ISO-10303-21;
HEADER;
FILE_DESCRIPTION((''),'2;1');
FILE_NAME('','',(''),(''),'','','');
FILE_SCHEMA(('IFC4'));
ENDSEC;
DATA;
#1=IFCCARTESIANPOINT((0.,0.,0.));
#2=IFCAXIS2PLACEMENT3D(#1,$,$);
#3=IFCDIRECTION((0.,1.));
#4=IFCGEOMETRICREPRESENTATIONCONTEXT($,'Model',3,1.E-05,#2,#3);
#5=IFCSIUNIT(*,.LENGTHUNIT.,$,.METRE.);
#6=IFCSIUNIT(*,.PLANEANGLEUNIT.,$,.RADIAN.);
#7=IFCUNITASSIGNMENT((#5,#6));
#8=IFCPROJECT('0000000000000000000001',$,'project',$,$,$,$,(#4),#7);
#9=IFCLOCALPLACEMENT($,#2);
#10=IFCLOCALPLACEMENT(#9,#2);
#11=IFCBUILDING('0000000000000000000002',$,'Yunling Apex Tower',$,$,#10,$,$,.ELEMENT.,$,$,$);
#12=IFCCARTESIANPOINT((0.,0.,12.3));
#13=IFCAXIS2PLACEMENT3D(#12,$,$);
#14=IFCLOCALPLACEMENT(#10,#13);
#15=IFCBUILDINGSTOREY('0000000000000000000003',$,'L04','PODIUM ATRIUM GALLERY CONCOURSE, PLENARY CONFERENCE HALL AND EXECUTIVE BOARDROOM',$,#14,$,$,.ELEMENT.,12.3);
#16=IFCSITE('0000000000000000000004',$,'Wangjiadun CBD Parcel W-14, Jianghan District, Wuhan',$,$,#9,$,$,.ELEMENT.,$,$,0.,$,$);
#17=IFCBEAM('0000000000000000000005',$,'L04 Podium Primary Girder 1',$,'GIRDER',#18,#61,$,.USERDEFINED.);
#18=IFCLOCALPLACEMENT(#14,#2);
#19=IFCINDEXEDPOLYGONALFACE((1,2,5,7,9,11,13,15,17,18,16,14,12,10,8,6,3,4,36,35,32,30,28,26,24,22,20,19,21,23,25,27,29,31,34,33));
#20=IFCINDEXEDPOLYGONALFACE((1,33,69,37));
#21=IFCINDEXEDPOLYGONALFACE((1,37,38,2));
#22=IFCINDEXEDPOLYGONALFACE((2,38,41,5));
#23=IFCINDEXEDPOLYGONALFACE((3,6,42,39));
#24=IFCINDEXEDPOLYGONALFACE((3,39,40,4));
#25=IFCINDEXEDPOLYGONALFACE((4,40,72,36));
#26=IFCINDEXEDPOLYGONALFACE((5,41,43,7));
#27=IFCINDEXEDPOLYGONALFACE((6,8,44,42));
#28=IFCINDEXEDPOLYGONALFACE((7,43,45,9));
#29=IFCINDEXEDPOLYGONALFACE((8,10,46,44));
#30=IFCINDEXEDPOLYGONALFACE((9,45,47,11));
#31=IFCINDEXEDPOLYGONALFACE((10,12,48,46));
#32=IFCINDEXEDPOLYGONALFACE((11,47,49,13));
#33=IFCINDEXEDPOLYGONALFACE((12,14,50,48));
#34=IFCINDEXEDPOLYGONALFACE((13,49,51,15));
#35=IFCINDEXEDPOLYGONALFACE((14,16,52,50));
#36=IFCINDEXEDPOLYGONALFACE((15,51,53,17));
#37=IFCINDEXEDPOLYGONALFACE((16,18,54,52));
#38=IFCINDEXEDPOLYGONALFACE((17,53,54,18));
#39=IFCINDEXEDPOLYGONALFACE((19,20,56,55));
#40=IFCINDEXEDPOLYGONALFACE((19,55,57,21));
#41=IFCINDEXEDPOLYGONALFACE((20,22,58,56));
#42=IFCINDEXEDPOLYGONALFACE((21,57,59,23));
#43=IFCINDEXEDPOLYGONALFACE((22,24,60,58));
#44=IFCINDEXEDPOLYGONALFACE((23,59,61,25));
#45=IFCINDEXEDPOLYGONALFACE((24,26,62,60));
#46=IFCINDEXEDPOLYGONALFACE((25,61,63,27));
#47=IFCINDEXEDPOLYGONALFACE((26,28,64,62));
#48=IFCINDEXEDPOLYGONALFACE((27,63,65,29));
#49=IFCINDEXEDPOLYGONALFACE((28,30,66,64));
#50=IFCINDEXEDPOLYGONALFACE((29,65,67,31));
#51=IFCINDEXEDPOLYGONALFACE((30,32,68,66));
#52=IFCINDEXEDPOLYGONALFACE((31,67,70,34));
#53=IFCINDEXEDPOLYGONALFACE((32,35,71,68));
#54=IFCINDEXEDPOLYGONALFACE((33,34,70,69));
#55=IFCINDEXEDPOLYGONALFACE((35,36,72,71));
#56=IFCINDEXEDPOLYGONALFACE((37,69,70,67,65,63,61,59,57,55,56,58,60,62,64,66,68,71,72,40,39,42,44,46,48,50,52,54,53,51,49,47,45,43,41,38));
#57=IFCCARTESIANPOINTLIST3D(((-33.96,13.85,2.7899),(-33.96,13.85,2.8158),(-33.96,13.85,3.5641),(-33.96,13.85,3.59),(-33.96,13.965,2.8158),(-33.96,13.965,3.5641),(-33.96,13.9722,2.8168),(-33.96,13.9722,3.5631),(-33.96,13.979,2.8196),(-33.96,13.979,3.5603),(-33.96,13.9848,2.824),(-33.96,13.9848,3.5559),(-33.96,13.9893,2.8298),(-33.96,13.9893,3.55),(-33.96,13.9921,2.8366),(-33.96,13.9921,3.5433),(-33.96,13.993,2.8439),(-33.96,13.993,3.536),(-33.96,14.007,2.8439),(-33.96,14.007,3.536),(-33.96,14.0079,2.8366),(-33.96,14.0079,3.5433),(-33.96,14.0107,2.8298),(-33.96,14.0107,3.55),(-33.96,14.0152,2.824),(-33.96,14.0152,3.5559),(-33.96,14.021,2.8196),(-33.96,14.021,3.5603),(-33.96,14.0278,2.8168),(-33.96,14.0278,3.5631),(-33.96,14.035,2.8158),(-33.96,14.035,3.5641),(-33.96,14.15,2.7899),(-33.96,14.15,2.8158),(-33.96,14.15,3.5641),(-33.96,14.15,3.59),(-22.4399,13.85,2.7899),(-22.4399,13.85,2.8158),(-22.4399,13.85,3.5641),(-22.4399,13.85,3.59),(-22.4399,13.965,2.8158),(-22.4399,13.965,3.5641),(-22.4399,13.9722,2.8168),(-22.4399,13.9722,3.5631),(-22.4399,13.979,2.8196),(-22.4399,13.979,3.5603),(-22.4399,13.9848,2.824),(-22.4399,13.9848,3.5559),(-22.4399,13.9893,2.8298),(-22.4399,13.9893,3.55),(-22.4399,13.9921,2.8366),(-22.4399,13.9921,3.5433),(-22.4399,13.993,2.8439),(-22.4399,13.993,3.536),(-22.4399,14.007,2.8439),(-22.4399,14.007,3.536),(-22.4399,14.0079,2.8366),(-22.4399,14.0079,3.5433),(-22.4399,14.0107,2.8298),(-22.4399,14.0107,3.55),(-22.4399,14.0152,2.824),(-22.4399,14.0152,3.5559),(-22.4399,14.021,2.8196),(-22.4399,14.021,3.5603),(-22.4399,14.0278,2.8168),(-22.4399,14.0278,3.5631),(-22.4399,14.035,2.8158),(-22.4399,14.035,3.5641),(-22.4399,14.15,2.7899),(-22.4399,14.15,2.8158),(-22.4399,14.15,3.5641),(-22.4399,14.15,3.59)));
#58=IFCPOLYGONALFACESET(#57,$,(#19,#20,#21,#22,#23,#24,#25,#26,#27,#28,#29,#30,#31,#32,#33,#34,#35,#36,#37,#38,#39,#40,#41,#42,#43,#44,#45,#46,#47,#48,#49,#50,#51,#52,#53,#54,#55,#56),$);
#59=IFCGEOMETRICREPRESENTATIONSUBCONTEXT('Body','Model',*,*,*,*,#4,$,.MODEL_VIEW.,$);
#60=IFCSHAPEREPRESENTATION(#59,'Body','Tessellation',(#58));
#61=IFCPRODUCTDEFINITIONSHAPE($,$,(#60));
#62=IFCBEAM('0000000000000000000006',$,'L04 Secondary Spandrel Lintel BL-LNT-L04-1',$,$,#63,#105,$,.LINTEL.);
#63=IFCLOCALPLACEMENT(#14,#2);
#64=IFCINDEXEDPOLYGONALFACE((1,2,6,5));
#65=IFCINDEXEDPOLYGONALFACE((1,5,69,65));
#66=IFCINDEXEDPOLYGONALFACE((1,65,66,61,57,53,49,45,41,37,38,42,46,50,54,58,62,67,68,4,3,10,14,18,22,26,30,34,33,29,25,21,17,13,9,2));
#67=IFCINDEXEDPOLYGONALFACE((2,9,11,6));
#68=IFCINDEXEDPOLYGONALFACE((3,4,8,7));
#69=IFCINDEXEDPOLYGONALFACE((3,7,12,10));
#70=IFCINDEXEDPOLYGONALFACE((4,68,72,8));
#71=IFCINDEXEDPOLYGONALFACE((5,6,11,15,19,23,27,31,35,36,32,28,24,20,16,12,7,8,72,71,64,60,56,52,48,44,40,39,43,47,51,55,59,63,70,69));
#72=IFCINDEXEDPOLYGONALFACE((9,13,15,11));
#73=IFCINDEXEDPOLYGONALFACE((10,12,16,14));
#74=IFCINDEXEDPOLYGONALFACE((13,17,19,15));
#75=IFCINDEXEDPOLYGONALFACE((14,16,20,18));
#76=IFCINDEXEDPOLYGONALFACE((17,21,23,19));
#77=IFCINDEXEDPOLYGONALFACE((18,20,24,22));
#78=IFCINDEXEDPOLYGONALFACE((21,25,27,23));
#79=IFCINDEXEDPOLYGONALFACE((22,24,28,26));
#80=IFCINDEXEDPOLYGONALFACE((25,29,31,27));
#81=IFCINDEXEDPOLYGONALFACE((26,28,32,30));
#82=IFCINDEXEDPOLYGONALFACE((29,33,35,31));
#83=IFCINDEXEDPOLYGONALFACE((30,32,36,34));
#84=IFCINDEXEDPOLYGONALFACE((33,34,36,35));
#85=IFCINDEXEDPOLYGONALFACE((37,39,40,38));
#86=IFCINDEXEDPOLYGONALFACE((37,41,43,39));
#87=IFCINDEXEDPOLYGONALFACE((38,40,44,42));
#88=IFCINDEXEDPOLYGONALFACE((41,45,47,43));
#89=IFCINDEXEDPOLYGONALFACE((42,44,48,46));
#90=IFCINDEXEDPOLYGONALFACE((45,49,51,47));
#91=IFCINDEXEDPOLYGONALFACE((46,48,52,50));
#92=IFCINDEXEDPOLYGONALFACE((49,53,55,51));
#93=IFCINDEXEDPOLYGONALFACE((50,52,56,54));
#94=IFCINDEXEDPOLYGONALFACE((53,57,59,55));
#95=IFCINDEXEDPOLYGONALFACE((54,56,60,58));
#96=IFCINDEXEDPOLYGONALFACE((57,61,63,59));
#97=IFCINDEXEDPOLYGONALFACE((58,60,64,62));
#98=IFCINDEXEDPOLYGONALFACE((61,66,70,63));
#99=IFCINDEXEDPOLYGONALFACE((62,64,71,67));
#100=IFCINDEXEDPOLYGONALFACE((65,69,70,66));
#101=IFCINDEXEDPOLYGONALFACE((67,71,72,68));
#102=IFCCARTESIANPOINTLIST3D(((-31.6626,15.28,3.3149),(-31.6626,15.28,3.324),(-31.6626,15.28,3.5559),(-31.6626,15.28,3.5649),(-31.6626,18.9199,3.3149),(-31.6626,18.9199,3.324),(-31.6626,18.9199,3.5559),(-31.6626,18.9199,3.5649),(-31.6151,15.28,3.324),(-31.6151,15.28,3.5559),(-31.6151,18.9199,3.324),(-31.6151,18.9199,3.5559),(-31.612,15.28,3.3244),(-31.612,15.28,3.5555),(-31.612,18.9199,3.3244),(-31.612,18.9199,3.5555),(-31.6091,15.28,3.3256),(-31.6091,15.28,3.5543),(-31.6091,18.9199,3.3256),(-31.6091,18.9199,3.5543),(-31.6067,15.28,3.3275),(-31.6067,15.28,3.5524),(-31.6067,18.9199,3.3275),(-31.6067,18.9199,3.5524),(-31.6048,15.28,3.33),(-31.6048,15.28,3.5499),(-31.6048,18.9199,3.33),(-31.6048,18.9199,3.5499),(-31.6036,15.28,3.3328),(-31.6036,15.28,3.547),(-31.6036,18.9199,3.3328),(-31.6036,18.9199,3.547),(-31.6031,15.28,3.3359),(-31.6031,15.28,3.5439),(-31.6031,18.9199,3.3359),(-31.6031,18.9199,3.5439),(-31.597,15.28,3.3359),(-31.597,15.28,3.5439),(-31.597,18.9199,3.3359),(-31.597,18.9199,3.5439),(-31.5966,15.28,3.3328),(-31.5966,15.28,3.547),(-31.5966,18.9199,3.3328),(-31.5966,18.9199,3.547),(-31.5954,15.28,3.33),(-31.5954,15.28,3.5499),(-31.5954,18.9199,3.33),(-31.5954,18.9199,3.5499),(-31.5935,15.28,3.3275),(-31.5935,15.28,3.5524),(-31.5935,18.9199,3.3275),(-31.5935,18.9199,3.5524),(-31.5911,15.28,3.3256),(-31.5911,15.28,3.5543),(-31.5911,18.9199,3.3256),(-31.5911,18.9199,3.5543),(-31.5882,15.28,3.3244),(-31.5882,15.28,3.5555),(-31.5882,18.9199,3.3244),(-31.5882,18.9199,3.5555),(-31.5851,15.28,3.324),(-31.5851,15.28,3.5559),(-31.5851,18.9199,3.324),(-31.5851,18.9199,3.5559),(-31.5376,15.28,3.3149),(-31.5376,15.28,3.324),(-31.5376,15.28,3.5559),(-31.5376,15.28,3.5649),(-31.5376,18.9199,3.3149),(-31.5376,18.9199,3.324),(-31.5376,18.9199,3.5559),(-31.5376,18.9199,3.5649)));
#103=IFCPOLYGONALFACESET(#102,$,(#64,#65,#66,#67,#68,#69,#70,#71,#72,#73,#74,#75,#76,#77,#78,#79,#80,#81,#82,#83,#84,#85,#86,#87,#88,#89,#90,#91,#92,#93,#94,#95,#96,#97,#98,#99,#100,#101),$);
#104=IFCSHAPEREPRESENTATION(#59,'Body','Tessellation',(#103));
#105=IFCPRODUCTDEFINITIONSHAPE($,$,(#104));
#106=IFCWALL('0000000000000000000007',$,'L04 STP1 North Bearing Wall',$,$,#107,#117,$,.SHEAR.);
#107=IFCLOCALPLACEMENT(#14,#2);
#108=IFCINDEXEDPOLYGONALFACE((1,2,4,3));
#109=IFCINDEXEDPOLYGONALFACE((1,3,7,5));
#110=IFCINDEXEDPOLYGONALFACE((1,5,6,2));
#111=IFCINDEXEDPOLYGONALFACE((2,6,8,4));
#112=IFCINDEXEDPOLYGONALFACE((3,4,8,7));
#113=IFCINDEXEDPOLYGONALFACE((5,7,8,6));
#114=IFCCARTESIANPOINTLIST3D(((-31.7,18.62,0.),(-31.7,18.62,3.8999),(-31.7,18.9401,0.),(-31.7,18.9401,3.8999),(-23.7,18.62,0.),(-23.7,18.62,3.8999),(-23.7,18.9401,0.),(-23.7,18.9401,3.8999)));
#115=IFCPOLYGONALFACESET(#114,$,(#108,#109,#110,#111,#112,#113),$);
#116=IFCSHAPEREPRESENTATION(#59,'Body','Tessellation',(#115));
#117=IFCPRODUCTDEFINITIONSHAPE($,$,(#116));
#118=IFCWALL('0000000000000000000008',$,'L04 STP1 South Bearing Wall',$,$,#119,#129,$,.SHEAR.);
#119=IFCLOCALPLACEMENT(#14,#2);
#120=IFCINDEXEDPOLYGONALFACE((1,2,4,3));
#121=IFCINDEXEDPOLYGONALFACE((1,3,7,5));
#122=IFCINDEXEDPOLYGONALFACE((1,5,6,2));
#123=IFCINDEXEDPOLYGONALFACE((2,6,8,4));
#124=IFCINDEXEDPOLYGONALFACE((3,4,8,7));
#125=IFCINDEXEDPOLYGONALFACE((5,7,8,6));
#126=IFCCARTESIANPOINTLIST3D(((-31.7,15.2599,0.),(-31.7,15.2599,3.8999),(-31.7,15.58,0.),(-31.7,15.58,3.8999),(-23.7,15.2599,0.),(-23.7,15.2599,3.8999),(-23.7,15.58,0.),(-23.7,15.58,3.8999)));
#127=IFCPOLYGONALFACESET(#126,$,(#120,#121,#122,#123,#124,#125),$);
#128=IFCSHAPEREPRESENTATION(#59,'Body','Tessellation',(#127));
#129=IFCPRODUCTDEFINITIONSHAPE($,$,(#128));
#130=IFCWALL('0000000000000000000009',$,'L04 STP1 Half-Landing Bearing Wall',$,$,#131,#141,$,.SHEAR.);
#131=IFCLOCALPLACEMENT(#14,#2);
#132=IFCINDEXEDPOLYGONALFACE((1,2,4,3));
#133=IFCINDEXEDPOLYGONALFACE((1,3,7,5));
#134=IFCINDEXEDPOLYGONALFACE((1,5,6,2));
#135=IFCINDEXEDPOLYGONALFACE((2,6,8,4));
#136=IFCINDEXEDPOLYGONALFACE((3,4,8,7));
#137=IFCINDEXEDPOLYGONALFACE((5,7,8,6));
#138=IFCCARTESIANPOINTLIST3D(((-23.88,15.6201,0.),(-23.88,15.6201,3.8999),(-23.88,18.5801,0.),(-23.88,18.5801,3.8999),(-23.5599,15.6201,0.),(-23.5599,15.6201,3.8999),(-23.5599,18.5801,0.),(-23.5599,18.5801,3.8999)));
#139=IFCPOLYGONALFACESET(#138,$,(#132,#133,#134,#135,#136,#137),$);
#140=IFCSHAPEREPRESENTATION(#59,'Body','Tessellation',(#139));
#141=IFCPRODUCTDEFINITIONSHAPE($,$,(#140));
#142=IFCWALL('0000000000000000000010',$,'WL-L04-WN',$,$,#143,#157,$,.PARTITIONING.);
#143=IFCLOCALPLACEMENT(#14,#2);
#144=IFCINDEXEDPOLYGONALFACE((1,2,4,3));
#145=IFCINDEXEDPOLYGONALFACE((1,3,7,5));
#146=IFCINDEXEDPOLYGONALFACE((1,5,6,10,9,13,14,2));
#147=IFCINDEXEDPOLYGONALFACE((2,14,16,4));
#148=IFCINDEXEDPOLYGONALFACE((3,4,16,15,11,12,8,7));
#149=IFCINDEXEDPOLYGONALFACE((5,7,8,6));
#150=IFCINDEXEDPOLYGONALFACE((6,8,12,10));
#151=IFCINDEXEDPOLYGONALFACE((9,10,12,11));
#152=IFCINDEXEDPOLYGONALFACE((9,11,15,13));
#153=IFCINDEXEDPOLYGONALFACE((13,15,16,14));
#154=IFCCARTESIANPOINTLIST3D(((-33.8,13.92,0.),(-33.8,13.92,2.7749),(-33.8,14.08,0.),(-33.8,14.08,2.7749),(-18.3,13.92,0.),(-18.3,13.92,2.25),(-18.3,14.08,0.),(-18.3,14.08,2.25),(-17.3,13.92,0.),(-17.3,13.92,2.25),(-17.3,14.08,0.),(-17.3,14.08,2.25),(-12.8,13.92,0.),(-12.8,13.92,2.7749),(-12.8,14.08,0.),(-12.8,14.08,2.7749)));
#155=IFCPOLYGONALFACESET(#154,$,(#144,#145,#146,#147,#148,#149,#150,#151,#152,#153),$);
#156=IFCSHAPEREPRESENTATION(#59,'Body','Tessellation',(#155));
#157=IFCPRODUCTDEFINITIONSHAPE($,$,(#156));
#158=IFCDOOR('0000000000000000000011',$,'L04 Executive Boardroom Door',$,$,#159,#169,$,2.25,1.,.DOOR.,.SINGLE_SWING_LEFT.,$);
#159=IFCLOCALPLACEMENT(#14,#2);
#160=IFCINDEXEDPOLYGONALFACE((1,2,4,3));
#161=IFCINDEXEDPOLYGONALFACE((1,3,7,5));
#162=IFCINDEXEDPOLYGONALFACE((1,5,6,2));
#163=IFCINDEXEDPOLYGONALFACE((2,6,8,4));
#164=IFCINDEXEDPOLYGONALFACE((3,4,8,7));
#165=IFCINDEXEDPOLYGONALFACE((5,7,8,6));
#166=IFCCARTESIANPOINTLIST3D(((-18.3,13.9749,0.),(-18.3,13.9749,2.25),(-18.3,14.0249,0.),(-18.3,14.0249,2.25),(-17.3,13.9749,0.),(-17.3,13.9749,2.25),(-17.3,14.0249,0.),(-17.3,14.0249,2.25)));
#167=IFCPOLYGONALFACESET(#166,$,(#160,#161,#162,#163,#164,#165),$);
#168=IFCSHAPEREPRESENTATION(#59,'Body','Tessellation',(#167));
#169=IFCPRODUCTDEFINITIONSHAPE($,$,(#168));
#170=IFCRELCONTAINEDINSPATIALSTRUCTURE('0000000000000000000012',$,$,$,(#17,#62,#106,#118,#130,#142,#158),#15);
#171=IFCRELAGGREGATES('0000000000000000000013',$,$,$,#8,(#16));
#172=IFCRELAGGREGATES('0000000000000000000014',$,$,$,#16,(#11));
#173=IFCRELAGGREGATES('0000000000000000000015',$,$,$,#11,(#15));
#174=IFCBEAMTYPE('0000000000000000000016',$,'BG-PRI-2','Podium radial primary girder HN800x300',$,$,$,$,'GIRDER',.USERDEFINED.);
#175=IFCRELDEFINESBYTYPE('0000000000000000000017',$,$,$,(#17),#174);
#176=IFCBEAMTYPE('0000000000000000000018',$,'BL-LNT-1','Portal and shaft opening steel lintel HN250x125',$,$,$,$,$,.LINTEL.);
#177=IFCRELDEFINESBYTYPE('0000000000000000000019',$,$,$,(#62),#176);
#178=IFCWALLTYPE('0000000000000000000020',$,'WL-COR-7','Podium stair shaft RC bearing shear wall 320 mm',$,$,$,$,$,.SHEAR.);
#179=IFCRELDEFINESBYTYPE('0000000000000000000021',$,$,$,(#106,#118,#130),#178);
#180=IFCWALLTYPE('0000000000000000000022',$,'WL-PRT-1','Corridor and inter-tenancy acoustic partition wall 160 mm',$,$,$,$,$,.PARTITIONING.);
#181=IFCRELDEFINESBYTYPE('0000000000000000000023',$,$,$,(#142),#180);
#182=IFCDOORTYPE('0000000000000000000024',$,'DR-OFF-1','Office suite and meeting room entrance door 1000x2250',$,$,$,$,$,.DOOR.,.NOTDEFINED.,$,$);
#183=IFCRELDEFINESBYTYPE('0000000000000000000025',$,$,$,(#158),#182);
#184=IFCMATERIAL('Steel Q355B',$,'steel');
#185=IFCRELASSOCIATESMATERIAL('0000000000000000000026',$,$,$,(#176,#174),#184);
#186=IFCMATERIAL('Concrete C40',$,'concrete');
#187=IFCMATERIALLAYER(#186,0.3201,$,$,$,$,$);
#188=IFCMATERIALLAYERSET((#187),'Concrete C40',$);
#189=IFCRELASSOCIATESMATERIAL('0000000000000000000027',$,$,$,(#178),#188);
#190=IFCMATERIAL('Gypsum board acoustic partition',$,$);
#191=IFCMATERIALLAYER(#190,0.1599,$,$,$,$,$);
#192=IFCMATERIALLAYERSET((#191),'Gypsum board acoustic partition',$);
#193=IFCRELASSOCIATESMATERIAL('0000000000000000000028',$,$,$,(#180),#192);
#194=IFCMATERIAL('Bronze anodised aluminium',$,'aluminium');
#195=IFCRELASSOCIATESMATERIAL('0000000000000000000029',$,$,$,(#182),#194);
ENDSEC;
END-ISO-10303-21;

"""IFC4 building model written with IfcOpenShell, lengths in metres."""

from ifc_helpers import new_model, si_unit, direction, frame, frame_2d, origin, origin_2d, place, context, subcontext, project, spatial, rectangle, i_section, extrude, source, transform, mapped, material, layer, layer_set, material_profile, profile_set, type_object, element, fill, save


model = new_model("IFC4")

# Units and contexts
model_context = context("Model", 3, precision=1e-05, world=origin(), true_north=direction((0.0, 1.0)))
body_context = subcontext(model_context, "Body", "Model", "MODEL_VIEW")
ifc_project = project(units=[si_unit("LENGTHUNIT", "METRE"), si_unit("PLANEANGLEUNIT", "RADIAN")], contexts=[model_context])

# Site, building, storey
site_placement = place(None, origin())
site = spatial("IfcSite", under=ifc_project, at=site_placement, Name="Wangjiadun CBD Parcel W-14, Jianghan District, Wuhan", CompositionType="ELEMENT", RefElevation=0.0)
building_placement = place(site_placement, origin())
building = spatial("IfcBuilding", under=site, at=building_placement, Name="Yunling Apex Tower", CompositionType="ELEMENT")
storey_placement = place(building_placement, frame((0.0, 0.0, 12.3)))
storey = spatial("IfcBuildingStorey", under=building, at=storey_placement, Name="L04", Description="PODIUM ATRIUM GALLERY CONCOURSE, PLENARY CONFERENCE HALL AND EXECUTIVE BOARDROOM", CompositionType="ELEMENT", Elevation=12.3)

# Beams
ifc_material_1 = material(Name="Steel Q355B", Category="steel")
ifc_material_profile_1 = material_profile(ifc_material_1, i_section(OverallWidth=0.125, OverallDepth=0.25, WebThickness=0.0061, FlangeThickness=0.009, FilletRadius=0.012, at=origin_2d()))
ifc_profile_set_1 = profile_set([ifc_material_profile_1], Name="Steel Q355B")
beam_type_1 = type_object("IfcBeamType", Name="BL-LNT-1", Description="Portal and shaft opening steel lintel HN250x125", PredefinedType="LINTEL", material=ifc_profile_set_1)
ifc_material_profile_2 = material_profile(ifc_material_1, i_section(OverallWidth=0.3, OverallDepth=0.8, WebThickness=0.0139, FlangeThickness=0.0259, FilletRadius=0.0281, at=origin_2d()))
ifc_profile_set_2 = profile_set([ifc_material_profile_2], Name="Steel Q355B")
beam_type_2 = type_object("IfcBeamType", Name="BG-PRI-2", Description="Podium radial primary girder HN800x300", ElementType="GIRDER", PredefinedType="USERDEFINED", material=ifc_profile_set_2)
shared_shape_1 = source(origin(), body_context, "Body", "SweptSolid", [
    extrude(i_section(OverallWidth=0.3, OverallDepth=0.8, WebThickness=0.0139, FlangeThickness=0.0259, FilletRadius=0.0281, at=origin_2d()), origin(), (0.0, 0.0, 1.0), 11.52),
])
beam_1_placement = place(storey_placement, frame((-33.96, 14.0, 3.1899), z_axis=(1.0, 0.0, 0.0), x_axis=(0.0, 1.0, 0.0)))
element("IfcBeam", 1, at=beam_1_placement, inside=storey, type_object=beam_type_2, Name="L04 Podium Primary Girder 1", ObjectType="GIRDER", PredefinedType="USERDEFINED", context=body_context, shape_type="MappedRepresentation", body=[
    mapped(shared_shape_1, transform((0.0, 0.0, 0.0), scale=1.0)),
])
shared_shape_2 = source(origin(), body_context, "Body", "SweptSolid", [
    extrude(i_section(OverallWidth=0.125, OverallDepth=0.25, WebThickness=0.0061, FlangeThickness=0.009, FilletRadius=0.012, at=origin_2d()), origin(), (0.0, 0.0, 1.0), 3.6399),
])
beam_2_placement = place(storey_placement, frame((-31.6001, 15.28, 3.4399), z_axis=(0.0, 1.0, 0.0), x_axis=(-1.0, 0.0, 0.0)))
element("IfcBeam", 2, at=beam_2_placement, inside=storey, type_object=beam_type_1, Name="L04 Secondary Spandrel Lintel BL-LNT-L04-1", PredefinedType="LINTEL", context=body_context, shape_type="MappedRepresentation", body=[
    mapped(shared_shape_2, transform((0.0, 0.0, 0.0), scale=1.0)),
])

# Walls
ifc_material_2 = material(Name="Concrete C40", Category="concrete")
ifc_layer_1 = layer(ifc_material_2, 0.3201)
ifc_layer_set_1 = layer_set([ifc_layer_1], Name="Concrete C40")
wall_type_1 = type_object("IfcWallType", Name="WL-COR-7", Description="Podium stair shaft RC bearing shear wall 320 mm", PredefinedType="SHEAR", material=ifc_layer_set_1)
for number, where, z_axis, x_axis, name in (
    (3, (-31.7, 18.78, 0.0), (0.0, 0.0, 1.0), (1.0, 0.0, 0.0), "L04 STP1 North Bearing Wall"),
    (4, (-31.7, 15.4199, 0.0), (0.0, 0.0, 1.0), (1.0, 0.0, 0.0), "L04 STP1 South Bearing Wall"),
):
    element("IfcWall", number, at=place(storey_placement, frame(where, z_axis=z_axis, x_axis=x_axis)), inside=storey, type_object=wall_type_1, Name=name, PredefinedType="SHEAR", context=body_context, shape_type="SweptSolid", body=[
        extrude(rectangle(XDim=8.0, YDim=0.3201, at=frame_2d((4.0, 0.0))), origin(), (0.0, 0.0, 1.0), 3.8999),
    ])
wall_1_placement = place(storey_placement, frame((-23.72, 15.6201, 0.0), z_axis=(0.0, 0.0, 1.0), x_axis=(0.0, 1.0, 0.0)))
element("IfcWall", 5, at=wall_1_placement, inside=storey, type_object=wall_type_1, Name="L04 STP1 Half-Landing Bearing Wall", PredefinedType="SHEAR", context=body_context, shape_type="SweptSolid", body=[
    extrude(rectangle(XDim=2.96, YDim=0.3201, at=frame_2d((1.48, 0.0))), origin(), (0.0, 0.0, 1.0), 3.8999),
])

# Wall, opening, door
ifc_material_3 = material(Name="Gypsum board acoustic partition")
ifc_layer_2 = layer(ifc_material_3, 0.1599)
ifc_layer_set_2 = layer_set([ifc_layer_2], Name="Gypsum board acoustic partition")
wall_type_2 = type_object("IfcWallType", Name="WL-PRT-1", Description="Corridor and inter-tenancy acoustic partition wall 160 mm", PredefinedType="PARTITIONING", material=ifc_layer_set_2)
wall_2_placement = place(storey_placement, frame((-33.8, 14.0, 0.0), z_axis=(0.0, 0.0, 1.0), x_axis=(1.0, 0.0, 0.0)))
wall_2 = element("IfcWall", 6, at=wall_2_placement, inside=storey, type_object=wall_type_2, Name="WL-L04-WN", PredefinedType="PARTITIONING", context=body_context, shape_type="SweptSolid", body=[
    extrude(rectangle(XDim=21.0, YDim=0.1599, at=frame_2d((10.5, 0.0))), origin(), (0.0, 0.0, 1.0), 2.7749),
])
opening_1_placement = place(wall_2_placement, frame((15.5, 0.0, 0.0)))
opening_1 = element("IfcOpeningElement", 7, at=opening_1_placement, cuts=wall_2, PredefinedType="OPENING", context=body_context, shape_type="SweptSolid", body=[
    extrude(rectangle(XDim=1.0, YDim=2.25, at=frame_2d((0.5, 1.125))), frame((0.0, 0.0898, 0.0), z_axis=(0.0, -1.0, 0.0), x_axis=(1.0, 0.0, 0.0)), (0.0, 0.0, 1.0), 0.1799),
])
ifc_material_4 = material(Name="Bronze anodised aluminium", Category="aluminium")
door_type_1 = type_object("IfcDoorType", Name="DR-OFF-1", Description="Office suite and meeting room entrance door 1000x2250", OperationType="NOTDEFINED", PredefinedType="DOOR", material=ifc_material_4)
door_1_placement = place(opening_1_placement, origin())
door_1 = element("IfcDoor", 8, at=door_1_placement, inside=storey, type_object=door_type_1, Name="L04 Executive Boardroom Door", OperationType="SINGLE_SWING_LEFT", OverallHeight=2.25, OverallWidth=1.0, PredefinedType="DOOR", context=body_context, shape_type="SweptSolid", body=[
    extrude(rectangle(XDim=1.0, YDim=2.25, at=frame_2d((0.5, 1.125))), frame((0.0, 0.0249, 0.0), z_axis=(0.0, -1.0, 0.0), x_axis=(1.0, 0.0, 0.0)), (0.0, 0.0, 1.0), 0.05),
])
fill(opening_1, door_1)

save(model, "model.ifc")
